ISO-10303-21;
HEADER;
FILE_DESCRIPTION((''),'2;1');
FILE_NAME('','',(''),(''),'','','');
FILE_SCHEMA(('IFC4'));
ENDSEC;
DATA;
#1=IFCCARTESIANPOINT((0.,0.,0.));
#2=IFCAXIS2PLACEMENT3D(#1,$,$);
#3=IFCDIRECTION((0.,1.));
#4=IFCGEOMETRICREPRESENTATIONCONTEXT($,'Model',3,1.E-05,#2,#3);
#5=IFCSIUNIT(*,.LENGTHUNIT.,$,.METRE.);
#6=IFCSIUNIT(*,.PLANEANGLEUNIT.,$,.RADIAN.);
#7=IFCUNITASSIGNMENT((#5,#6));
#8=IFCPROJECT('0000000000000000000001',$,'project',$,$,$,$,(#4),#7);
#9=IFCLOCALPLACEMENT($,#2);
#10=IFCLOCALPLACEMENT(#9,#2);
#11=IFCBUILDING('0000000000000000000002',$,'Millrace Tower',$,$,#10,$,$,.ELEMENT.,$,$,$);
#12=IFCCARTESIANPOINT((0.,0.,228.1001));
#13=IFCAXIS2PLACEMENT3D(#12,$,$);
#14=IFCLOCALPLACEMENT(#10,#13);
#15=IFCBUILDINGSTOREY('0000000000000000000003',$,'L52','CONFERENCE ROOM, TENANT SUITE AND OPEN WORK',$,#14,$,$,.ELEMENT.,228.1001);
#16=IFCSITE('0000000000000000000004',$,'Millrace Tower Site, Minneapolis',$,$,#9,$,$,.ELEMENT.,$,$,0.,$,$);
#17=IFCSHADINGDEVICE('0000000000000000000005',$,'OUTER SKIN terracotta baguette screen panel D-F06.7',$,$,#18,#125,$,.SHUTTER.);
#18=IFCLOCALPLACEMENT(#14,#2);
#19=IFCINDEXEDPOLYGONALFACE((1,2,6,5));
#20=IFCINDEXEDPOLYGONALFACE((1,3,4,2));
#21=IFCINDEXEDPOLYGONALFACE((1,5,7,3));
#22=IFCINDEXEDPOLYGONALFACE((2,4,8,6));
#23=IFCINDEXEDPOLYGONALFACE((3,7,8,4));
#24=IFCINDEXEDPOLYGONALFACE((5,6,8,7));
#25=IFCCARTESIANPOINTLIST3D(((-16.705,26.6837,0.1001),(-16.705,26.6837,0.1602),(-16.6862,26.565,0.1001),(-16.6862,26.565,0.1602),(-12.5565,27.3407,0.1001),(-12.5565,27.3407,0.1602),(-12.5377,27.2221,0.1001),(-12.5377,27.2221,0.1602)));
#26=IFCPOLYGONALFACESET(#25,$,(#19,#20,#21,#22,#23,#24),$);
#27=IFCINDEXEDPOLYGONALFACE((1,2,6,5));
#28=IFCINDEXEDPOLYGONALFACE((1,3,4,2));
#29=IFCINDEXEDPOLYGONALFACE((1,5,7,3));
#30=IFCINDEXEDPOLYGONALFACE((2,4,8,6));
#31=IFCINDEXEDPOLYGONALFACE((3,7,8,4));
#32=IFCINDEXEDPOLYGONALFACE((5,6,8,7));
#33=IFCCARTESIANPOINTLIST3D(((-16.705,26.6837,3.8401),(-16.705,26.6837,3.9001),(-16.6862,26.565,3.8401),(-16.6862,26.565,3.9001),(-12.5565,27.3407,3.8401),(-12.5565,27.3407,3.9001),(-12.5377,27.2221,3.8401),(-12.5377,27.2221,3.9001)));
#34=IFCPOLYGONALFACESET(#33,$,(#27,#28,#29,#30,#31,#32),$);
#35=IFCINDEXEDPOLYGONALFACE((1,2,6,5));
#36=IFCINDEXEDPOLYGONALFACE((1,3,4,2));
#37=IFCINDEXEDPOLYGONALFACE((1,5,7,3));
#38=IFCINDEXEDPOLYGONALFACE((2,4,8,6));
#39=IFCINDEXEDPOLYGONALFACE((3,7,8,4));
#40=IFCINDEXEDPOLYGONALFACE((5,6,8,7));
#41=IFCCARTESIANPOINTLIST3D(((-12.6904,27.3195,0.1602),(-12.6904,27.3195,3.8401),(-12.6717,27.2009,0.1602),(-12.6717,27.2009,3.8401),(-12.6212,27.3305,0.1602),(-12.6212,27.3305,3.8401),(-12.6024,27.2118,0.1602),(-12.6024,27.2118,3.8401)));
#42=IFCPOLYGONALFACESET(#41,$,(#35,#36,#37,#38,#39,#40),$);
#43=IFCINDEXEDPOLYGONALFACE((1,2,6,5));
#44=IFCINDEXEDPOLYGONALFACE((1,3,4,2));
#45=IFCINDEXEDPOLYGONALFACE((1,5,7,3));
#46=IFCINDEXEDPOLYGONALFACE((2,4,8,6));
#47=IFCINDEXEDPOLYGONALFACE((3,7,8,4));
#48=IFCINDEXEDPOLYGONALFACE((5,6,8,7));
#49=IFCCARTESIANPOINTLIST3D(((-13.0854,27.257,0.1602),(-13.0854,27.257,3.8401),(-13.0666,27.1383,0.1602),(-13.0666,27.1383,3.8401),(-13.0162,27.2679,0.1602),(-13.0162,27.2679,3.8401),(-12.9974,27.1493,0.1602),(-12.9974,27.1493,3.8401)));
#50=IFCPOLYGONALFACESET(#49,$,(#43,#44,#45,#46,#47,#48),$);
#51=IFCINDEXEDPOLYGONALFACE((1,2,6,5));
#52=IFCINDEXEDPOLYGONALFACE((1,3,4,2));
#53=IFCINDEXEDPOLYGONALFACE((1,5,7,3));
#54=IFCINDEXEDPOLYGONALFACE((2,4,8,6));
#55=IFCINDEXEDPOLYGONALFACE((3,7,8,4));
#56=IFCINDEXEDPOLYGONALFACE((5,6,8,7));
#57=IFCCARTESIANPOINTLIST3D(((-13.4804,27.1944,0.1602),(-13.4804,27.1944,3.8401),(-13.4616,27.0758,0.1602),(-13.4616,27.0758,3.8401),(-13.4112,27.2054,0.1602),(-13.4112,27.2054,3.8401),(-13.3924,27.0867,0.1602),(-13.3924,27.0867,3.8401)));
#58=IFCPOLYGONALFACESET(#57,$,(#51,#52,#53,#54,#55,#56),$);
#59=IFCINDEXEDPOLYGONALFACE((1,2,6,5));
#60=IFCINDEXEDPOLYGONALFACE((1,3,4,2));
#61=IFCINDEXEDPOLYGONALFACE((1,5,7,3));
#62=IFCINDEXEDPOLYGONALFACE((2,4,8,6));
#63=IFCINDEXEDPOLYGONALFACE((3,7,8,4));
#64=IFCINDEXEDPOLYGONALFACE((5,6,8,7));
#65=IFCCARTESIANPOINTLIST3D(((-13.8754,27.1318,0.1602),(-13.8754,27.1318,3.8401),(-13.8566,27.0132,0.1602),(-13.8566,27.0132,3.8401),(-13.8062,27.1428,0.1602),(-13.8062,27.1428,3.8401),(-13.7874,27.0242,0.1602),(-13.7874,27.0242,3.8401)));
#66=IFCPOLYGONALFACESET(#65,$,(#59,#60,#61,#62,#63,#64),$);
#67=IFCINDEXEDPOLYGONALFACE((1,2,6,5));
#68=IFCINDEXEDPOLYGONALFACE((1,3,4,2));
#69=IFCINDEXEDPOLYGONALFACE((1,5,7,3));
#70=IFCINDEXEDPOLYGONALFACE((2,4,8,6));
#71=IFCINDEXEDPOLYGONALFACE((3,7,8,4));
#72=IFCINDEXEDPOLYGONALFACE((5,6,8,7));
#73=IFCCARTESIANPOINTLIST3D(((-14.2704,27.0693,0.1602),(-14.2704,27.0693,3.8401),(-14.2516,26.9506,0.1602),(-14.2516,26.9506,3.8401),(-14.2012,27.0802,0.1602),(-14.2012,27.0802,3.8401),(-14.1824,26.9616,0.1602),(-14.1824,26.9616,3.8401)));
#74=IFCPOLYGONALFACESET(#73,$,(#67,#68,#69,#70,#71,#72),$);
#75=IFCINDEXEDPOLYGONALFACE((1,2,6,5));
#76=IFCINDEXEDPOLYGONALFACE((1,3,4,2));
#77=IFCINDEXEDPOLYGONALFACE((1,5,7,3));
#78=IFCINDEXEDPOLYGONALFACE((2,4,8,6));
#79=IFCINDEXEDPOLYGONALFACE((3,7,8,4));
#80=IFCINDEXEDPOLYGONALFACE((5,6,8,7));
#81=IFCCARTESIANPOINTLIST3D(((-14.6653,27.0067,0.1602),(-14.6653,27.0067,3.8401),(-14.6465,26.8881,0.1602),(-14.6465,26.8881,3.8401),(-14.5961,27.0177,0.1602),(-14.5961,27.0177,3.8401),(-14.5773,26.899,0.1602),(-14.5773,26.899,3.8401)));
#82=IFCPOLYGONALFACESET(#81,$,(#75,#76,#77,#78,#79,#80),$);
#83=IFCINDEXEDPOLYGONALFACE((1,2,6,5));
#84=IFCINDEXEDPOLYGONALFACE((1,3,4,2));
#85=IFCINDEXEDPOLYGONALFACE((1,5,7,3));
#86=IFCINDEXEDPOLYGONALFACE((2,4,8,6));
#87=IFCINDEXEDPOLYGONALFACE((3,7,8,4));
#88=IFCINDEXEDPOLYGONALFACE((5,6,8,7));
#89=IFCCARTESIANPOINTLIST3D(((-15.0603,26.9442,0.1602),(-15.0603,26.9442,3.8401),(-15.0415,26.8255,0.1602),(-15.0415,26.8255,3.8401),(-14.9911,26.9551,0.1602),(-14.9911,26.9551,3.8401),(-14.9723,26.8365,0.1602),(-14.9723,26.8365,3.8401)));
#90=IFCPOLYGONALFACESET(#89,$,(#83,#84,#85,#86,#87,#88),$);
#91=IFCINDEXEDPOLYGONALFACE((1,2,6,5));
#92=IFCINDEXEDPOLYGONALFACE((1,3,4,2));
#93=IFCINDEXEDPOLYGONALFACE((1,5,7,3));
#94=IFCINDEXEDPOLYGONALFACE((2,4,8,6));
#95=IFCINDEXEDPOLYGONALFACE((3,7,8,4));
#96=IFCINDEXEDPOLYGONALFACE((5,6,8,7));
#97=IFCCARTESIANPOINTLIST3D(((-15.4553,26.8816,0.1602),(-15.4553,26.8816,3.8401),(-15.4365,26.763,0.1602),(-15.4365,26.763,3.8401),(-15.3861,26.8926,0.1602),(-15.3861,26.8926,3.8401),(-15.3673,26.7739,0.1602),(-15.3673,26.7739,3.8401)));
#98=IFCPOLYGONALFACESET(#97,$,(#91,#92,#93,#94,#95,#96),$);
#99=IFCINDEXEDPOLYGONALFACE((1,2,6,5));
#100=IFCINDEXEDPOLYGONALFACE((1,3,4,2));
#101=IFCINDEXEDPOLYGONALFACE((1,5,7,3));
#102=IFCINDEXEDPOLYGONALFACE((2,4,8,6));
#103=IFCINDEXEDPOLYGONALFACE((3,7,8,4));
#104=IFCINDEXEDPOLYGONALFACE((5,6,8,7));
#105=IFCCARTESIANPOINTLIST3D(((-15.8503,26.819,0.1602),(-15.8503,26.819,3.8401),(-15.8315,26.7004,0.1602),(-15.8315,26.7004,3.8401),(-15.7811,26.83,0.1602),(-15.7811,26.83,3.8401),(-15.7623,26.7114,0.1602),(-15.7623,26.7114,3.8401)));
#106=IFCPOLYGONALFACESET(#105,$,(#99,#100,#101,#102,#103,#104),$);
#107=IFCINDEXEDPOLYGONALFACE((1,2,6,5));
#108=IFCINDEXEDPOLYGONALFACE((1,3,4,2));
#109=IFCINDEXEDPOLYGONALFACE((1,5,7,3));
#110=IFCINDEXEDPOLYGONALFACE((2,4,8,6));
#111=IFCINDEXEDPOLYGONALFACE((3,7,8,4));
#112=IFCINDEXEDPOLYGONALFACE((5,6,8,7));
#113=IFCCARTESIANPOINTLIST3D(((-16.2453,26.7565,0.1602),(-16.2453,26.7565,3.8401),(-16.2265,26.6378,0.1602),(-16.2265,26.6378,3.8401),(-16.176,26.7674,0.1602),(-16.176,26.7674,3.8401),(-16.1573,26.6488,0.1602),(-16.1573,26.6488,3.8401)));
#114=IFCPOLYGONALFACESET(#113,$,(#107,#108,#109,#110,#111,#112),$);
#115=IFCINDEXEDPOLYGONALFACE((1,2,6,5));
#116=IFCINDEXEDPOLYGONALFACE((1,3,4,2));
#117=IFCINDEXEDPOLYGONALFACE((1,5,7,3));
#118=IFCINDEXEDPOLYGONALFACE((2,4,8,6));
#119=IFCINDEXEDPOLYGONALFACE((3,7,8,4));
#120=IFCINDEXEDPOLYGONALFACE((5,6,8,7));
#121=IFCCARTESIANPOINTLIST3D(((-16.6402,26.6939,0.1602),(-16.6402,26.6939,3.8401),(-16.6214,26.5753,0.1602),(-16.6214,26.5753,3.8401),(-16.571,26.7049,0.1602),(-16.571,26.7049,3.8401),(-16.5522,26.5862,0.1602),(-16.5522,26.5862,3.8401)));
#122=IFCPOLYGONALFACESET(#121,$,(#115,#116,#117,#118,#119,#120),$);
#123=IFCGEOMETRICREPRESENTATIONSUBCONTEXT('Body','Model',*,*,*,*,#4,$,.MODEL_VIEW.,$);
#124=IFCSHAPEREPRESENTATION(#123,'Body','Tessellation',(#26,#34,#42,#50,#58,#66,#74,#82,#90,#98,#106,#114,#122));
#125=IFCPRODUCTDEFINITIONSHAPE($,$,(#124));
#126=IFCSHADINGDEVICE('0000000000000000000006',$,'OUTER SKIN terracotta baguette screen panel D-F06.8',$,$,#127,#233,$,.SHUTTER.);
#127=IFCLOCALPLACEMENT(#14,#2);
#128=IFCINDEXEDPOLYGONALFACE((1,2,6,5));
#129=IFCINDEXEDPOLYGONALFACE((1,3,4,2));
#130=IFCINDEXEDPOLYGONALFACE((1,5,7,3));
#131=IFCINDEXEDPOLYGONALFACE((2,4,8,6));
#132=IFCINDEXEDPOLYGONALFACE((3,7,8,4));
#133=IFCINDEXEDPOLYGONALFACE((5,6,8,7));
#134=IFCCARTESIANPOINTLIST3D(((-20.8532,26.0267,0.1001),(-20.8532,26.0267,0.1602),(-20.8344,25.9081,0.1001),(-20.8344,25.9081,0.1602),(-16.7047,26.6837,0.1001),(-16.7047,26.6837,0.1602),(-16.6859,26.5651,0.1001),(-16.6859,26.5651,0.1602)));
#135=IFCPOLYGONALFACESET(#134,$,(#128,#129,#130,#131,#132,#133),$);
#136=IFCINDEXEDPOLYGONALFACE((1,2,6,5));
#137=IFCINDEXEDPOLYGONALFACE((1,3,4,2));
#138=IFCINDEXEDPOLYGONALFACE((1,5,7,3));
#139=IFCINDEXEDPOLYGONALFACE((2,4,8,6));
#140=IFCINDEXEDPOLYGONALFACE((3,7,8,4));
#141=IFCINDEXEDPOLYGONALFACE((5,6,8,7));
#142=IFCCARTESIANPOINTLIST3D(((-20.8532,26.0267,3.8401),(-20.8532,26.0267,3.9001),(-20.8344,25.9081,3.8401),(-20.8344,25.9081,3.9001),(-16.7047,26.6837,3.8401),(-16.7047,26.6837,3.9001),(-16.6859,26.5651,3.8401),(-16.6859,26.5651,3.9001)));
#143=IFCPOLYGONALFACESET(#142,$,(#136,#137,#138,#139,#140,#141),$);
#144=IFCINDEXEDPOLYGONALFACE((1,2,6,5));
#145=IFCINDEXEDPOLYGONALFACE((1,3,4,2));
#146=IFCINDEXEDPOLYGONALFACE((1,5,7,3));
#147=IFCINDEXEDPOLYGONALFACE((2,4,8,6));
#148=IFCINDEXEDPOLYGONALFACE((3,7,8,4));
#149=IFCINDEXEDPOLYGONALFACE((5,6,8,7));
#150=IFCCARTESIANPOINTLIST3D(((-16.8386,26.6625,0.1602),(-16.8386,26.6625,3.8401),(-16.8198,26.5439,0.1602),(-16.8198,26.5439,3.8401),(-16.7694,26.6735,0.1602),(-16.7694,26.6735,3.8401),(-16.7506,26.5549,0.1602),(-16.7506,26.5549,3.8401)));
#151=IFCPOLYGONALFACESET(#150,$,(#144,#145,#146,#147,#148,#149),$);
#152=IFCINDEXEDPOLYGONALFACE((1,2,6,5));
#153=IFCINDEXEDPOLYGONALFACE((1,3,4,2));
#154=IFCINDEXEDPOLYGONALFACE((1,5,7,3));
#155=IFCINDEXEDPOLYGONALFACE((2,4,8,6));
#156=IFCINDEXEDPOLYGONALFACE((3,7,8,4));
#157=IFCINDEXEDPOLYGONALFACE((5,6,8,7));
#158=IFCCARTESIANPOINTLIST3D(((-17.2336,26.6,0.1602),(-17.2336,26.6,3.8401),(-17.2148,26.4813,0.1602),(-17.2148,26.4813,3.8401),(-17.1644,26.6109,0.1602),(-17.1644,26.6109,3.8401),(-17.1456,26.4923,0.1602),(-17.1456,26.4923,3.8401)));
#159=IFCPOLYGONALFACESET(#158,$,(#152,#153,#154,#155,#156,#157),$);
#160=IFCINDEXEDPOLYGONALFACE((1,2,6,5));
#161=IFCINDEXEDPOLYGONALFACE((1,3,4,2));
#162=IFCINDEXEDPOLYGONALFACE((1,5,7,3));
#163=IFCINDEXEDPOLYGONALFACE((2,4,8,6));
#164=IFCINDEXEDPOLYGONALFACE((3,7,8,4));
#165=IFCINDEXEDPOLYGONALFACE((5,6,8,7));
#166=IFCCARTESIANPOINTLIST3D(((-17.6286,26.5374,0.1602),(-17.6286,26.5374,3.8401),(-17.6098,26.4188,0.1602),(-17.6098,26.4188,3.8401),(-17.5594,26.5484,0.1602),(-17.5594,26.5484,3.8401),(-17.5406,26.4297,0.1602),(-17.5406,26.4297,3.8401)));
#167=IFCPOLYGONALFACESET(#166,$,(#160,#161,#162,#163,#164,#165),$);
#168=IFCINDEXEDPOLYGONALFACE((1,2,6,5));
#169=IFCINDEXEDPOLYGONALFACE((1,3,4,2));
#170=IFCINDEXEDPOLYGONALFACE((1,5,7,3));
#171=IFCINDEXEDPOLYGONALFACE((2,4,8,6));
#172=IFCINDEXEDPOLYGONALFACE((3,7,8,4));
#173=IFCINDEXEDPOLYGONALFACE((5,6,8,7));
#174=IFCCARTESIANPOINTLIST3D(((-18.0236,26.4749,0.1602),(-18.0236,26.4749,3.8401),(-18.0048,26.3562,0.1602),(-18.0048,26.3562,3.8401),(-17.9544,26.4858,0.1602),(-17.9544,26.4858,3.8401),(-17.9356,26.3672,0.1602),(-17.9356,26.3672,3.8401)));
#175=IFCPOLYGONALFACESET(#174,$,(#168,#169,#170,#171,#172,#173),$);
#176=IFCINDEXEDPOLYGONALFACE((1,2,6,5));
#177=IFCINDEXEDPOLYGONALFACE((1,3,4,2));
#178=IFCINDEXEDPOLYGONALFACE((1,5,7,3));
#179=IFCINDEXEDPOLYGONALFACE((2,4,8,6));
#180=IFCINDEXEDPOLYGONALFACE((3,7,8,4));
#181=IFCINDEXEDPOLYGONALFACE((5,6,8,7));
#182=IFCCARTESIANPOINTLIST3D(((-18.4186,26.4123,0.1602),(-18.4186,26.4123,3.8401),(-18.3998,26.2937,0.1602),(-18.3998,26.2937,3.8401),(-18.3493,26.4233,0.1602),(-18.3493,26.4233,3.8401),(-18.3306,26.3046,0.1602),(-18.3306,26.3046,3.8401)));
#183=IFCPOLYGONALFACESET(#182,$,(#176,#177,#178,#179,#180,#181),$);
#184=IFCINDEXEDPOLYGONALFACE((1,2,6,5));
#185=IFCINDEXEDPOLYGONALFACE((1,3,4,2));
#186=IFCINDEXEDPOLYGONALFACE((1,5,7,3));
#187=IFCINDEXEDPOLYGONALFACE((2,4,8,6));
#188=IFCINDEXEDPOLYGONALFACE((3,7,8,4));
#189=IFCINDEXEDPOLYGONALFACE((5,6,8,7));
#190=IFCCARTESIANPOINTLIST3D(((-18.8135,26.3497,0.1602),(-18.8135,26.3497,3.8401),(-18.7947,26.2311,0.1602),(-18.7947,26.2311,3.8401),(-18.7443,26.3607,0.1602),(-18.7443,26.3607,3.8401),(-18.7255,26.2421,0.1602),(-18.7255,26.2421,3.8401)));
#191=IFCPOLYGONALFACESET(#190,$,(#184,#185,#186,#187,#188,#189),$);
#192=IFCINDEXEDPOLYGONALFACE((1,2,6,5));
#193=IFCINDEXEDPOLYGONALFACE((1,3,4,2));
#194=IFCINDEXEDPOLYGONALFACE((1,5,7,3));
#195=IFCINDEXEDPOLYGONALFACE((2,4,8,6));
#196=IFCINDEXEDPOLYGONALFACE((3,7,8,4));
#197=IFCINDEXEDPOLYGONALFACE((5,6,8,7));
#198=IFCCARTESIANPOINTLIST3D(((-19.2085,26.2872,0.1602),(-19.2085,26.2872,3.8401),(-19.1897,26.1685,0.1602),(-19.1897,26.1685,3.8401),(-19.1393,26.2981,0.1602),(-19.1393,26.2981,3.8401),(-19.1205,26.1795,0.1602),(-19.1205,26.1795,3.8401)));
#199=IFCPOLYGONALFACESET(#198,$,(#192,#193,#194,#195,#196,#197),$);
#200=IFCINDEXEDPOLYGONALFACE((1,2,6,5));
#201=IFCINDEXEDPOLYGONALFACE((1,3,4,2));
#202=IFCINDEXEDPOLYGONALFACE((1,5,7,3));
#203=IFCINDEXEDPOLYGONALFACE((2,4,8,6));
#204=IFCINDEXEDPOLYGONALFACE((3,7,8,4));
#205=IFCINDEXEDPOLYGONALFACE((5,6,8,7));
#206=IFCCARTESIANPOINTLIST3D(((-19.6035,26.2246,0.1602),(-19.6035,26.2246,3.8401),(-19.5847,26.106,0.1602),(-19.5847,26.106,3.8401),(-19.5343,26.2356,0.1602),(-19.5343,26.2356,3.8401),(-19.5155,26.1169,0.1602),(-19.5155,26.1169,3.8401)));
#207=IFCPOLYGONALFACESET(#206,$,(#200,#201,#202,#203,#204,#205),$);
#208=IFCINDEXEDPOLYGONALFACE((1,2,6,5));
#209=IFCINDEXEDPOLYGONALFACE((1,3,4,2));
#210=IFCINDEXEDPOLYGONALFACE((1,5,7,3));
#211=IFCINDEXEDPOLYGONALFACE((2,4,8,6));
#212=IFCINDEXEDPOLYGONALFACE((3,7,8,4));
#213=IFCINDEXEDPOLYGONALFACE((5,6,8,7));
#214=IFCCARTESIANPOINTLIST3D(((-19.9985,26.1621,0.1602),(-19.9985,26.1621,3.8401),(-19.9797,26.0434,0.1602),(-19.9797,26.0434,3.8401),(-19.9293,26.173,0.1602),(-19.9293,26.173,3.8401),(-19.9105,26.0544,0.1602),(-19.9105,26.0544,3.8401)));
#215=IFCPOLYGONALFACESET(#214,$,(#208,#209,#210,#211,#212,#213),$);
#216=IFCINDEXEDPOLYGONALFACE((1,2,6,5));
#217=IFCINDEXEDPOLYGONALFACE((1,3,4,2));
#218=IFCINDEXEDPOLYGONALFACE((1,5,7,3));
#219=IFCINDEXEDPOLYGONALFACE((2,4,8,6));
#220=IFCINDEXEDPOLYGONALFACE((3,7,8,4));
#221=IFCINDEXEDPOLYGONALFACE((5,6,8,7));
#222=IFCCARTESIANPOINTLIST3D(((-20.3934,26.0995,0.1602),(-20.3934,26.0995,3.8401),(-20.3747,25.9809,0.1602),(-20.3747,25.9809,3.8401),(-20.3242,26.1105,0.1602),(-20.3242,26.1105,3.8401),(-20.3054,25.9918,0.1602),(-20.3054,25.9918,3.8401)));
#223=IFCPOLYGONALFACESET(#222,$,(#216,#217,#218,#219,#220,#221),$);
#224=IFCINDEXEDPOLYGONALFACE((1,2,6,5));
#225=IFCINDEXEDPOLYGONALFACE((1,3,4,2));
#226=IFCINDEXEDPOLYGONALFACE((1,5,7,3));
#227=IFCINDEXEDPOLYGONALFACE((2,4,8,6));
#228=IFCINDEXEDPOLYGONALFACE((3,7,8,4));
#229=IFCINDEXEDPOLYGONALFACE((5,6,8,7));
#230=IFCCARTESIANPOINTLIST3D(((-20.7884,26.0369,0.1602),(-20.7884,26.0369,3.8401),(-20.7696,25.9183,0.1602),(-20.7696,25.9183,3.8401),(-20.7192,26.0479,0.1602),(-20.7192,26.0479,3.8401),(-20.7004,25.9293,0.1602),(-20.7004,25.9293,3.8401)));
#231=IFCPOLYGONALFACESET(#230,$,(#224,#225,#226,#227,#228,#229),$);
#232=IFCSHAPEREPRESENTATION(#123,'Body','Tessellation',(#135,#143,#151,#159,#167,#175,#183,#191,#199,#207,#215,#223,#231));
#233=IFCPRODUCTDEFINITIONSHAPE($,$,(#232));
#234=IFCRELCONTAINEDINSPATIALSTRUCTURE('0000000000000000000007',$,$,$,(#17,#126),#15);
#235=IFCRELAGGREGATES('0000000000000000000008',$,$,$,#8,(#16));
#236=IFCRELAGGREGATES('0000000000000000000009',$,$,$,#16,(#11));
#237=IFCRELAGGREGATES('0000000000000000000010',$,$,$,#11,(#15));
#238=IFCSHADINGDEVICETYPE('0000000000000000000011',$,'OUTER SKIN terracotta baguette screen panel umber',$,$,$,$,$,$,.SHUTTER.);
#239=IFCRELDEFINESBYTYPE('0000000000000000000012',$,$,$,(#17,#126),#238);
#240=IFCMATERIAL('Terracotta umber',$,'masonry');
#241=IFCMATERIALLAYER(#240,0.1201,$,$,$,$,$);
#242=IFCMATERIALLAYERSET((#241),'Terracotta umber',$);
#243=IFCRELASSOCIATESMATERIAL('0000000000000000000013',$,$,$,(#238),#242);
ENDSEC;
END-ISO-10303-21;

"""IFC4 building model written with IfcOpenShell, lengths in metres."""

from ifc_helpers import new_model, entity, si_unit, direction, frame, frame_2d, origin, origin_2d, place, context, subcontext, project, spatial, rectangle, extrude, source, transform, mapped, material, layer, layer_set, type_object, element, save


model = new_model("IFC4")

# Units and contexts
model_context = context("Model", 3, precision=1e-05, world=origin(), true_north=direction((0.0, 1.0)))
body_context = subcontext(model_context, "Body", "Model", "MODEL_VIEW")
ifc_project = project(units=[si_unit("LENGTHUNIT", "METRE"), si_unit("PLANEANGLEUNIT", "RADIAN")], contexts=[model_context])

# Site, building, storey
site_placement = place(None, origin())
site = spatial("IfcSite", under=ifc_project, at=site_placement, Name="Millrace Tower Site, Minneapolis", CompositionType="ELEMENT", RefElevation=0.0)
building_placement = place(site_placement, origin())
building = spatial("IfcBuilding", under=site, at=building_placement, Name="Millrace Tower", CompositionType="ELEMENT")
storey_placement = place(building_placement, frame((0.0, 0.0, 228.1001)))
storey = spatial("IfcBuildingStorey", under=building, at=storey_placement, Name="L52", Description="CONFERENCE ROOM, TENANT SUITE AND OPEN WORK", CompositionType="ELEMENT", Elevation=228.1001)

# Shading devices
ifc_material_1 = material(Name="Terracotta umber", Category="masonry")
ifc_layer_1 = layer(ifc_material_1, 0.1201)
ifc_layer_set_1 = layer_set([ifc_layer_1], Name="Terracotta umber")
shading_device_type = type_object("IfcShadingDeviceType", Name="OUTER SKIN terracotta baguette screen panel umber", PredefinedType="SHUTTER", material=ifc_layer_set_1)
cartesian_point_1 = entity("IfcCartesianPoint", [-2.1001, 0.0601])
shared_polyline_1 = entity("IfcPolyline", [cartesian_point_1, entity("IfcCartesianPoint", [2.1001, 0.0601]), entity("IfcCartesianPoint", [2.1001, -0.0601]), entity("IfcCartesianPoint", [-2.1001, -0.0601]), cartesian_point_1])
shared_shape_1 = source(origin(), body_context, "Body", "SweptSolid", [
    entity("IfcExtrudedAreaSolid", entity("IfcArbitraryClosedProfileDef", "AREA", None, shared_polyline_1), entity("IfcAxis2Placement3D", entity("IfcCartesianPoint", [0.0, 0.0, 0.0])), entity("IfcDirection", [0.0, 0.0, 1.0]), 0.0601),
    entity("IfcExtrudedAreaSolid", entity("IfcArbitraryClosedProfileDef", "AREA", None, shared_polyline_1), entity("IfcAxis2Placement3D", entity("IfcCartesianPoint", [0.0, 0.0, 3.74])), entity("IfcDirection", [0.0, 0.0, 1.0]), 0.0601),
    extrude(rectangle(XDim=0.0701, YDim=0.1201, at=frame_2d((-1.9995, 0.0))), frame((0.0, 0.0, 0.0601)), (0.0, 0.0, 1.0), 3.6799),
    extrude(rectangle(XDim=0.0701, YDim=0.1201, at=frame_2d((-1.5996, 0.0))), frame((0.0, 0.0, 0.0601)), (0.0, 0.0, 1.0), 3.6799),
    extrude(rectangle(XDim=0.0701, YDim=0.1201, at=frame_2d((-1.1997, 0.0))), frame((0.0, 0.0, 0.0601)), (0.0, 0.0, 1.0), 3.6799),
    extrude(rectangle(XDim=0.0701, YDim=0.1201, at=frame_2d((-0.7998, 0.0))), frame((0.0, 0.0, 0.0601)), (0.0, 0.0, 1.0), 3.6799),
    extrude(rectangle(XDim=0.0701, YDim=0.1201, at=frame_2d((-0.3999, 0.0))), frame((0.0, 0.0, 0.0601)), (0.0, 0.0, 1.0), 3.6799),
    extrude(rectangle(XDim=0.0701, YDim=0.1201, at=origin_2d()), frame((0.0, 0.0, 0.0601)), (0.0, 0.0, 1.0), 3.6799),
    extrude(rectangle(XDim=0.0701, YDim=0.1201, at=frame_2d((0.3999, 0.0))), frame((0.0, 0.0, 0.0601)), (0.0, 0.0, 1.0), 3.6799),
    extrude(rectangle(XDim=0.0701, YDim=0.1201, at=frame_2d((0.7998, 0.0))), frame((0.0, 0.0, 0.0601)), (0.0, 0.0, 1.0), 3.6799),
    extrude(rectangle(XDim=0.0701, YDim=0.1201, at=frame_2d((1.1997, 0.0))), frame((0.0, 0.0, 0.0601)), (0.0, 0.0, 1.0), 3.6799),
    extrude(rectangle(XDim=0.0701, YDim=0.1201, at=frame_2d((1.5996, 0.0))), frame((0.0, 0.0, 0.0601)), (0.0, 0.0, 1.0), 3.6799),
    extrude(rectangle(XDim=0.0701, YDim=0.1201, at=frame_2d((1.9995, 0.0))), frame((0.0, 0.0, 0.0601)), (0.0, 0.0, 1.0), 3.6799),
])
for number, where, z_axis, x_axis, name in (
    (1, (-14.6213, 26.9529, 0.1001), (0.0, 0.0, 1.0), (-0.987688, -0.156434, 0.0), "OUTER SKIN terracotta baguette screen panel D-F06.7"),
    (2, (-18.7695, 26.2959, 0.1001), (0.0, 0.0, 1.0), (-0.987688, -0.156434, 0.0), "OUTER SKIN terracotta baguette screen panel D-F06.8"),
):
    element("IfcShadingDevice", number, at=place(storey_placement, frame(where, z_axis=z_axis, x_axis=x_axis)), inside=storey, type_object=shading_device_type, Name=name, PredefinedType="SHUTTER", context=body_context, shape_type="MappedRepresentation", body=[
        mapped(shared_shape_1, transform((0.0, 0.0, 0.0), scale=1.0)),
    ])

save(model, "model.ifc")
